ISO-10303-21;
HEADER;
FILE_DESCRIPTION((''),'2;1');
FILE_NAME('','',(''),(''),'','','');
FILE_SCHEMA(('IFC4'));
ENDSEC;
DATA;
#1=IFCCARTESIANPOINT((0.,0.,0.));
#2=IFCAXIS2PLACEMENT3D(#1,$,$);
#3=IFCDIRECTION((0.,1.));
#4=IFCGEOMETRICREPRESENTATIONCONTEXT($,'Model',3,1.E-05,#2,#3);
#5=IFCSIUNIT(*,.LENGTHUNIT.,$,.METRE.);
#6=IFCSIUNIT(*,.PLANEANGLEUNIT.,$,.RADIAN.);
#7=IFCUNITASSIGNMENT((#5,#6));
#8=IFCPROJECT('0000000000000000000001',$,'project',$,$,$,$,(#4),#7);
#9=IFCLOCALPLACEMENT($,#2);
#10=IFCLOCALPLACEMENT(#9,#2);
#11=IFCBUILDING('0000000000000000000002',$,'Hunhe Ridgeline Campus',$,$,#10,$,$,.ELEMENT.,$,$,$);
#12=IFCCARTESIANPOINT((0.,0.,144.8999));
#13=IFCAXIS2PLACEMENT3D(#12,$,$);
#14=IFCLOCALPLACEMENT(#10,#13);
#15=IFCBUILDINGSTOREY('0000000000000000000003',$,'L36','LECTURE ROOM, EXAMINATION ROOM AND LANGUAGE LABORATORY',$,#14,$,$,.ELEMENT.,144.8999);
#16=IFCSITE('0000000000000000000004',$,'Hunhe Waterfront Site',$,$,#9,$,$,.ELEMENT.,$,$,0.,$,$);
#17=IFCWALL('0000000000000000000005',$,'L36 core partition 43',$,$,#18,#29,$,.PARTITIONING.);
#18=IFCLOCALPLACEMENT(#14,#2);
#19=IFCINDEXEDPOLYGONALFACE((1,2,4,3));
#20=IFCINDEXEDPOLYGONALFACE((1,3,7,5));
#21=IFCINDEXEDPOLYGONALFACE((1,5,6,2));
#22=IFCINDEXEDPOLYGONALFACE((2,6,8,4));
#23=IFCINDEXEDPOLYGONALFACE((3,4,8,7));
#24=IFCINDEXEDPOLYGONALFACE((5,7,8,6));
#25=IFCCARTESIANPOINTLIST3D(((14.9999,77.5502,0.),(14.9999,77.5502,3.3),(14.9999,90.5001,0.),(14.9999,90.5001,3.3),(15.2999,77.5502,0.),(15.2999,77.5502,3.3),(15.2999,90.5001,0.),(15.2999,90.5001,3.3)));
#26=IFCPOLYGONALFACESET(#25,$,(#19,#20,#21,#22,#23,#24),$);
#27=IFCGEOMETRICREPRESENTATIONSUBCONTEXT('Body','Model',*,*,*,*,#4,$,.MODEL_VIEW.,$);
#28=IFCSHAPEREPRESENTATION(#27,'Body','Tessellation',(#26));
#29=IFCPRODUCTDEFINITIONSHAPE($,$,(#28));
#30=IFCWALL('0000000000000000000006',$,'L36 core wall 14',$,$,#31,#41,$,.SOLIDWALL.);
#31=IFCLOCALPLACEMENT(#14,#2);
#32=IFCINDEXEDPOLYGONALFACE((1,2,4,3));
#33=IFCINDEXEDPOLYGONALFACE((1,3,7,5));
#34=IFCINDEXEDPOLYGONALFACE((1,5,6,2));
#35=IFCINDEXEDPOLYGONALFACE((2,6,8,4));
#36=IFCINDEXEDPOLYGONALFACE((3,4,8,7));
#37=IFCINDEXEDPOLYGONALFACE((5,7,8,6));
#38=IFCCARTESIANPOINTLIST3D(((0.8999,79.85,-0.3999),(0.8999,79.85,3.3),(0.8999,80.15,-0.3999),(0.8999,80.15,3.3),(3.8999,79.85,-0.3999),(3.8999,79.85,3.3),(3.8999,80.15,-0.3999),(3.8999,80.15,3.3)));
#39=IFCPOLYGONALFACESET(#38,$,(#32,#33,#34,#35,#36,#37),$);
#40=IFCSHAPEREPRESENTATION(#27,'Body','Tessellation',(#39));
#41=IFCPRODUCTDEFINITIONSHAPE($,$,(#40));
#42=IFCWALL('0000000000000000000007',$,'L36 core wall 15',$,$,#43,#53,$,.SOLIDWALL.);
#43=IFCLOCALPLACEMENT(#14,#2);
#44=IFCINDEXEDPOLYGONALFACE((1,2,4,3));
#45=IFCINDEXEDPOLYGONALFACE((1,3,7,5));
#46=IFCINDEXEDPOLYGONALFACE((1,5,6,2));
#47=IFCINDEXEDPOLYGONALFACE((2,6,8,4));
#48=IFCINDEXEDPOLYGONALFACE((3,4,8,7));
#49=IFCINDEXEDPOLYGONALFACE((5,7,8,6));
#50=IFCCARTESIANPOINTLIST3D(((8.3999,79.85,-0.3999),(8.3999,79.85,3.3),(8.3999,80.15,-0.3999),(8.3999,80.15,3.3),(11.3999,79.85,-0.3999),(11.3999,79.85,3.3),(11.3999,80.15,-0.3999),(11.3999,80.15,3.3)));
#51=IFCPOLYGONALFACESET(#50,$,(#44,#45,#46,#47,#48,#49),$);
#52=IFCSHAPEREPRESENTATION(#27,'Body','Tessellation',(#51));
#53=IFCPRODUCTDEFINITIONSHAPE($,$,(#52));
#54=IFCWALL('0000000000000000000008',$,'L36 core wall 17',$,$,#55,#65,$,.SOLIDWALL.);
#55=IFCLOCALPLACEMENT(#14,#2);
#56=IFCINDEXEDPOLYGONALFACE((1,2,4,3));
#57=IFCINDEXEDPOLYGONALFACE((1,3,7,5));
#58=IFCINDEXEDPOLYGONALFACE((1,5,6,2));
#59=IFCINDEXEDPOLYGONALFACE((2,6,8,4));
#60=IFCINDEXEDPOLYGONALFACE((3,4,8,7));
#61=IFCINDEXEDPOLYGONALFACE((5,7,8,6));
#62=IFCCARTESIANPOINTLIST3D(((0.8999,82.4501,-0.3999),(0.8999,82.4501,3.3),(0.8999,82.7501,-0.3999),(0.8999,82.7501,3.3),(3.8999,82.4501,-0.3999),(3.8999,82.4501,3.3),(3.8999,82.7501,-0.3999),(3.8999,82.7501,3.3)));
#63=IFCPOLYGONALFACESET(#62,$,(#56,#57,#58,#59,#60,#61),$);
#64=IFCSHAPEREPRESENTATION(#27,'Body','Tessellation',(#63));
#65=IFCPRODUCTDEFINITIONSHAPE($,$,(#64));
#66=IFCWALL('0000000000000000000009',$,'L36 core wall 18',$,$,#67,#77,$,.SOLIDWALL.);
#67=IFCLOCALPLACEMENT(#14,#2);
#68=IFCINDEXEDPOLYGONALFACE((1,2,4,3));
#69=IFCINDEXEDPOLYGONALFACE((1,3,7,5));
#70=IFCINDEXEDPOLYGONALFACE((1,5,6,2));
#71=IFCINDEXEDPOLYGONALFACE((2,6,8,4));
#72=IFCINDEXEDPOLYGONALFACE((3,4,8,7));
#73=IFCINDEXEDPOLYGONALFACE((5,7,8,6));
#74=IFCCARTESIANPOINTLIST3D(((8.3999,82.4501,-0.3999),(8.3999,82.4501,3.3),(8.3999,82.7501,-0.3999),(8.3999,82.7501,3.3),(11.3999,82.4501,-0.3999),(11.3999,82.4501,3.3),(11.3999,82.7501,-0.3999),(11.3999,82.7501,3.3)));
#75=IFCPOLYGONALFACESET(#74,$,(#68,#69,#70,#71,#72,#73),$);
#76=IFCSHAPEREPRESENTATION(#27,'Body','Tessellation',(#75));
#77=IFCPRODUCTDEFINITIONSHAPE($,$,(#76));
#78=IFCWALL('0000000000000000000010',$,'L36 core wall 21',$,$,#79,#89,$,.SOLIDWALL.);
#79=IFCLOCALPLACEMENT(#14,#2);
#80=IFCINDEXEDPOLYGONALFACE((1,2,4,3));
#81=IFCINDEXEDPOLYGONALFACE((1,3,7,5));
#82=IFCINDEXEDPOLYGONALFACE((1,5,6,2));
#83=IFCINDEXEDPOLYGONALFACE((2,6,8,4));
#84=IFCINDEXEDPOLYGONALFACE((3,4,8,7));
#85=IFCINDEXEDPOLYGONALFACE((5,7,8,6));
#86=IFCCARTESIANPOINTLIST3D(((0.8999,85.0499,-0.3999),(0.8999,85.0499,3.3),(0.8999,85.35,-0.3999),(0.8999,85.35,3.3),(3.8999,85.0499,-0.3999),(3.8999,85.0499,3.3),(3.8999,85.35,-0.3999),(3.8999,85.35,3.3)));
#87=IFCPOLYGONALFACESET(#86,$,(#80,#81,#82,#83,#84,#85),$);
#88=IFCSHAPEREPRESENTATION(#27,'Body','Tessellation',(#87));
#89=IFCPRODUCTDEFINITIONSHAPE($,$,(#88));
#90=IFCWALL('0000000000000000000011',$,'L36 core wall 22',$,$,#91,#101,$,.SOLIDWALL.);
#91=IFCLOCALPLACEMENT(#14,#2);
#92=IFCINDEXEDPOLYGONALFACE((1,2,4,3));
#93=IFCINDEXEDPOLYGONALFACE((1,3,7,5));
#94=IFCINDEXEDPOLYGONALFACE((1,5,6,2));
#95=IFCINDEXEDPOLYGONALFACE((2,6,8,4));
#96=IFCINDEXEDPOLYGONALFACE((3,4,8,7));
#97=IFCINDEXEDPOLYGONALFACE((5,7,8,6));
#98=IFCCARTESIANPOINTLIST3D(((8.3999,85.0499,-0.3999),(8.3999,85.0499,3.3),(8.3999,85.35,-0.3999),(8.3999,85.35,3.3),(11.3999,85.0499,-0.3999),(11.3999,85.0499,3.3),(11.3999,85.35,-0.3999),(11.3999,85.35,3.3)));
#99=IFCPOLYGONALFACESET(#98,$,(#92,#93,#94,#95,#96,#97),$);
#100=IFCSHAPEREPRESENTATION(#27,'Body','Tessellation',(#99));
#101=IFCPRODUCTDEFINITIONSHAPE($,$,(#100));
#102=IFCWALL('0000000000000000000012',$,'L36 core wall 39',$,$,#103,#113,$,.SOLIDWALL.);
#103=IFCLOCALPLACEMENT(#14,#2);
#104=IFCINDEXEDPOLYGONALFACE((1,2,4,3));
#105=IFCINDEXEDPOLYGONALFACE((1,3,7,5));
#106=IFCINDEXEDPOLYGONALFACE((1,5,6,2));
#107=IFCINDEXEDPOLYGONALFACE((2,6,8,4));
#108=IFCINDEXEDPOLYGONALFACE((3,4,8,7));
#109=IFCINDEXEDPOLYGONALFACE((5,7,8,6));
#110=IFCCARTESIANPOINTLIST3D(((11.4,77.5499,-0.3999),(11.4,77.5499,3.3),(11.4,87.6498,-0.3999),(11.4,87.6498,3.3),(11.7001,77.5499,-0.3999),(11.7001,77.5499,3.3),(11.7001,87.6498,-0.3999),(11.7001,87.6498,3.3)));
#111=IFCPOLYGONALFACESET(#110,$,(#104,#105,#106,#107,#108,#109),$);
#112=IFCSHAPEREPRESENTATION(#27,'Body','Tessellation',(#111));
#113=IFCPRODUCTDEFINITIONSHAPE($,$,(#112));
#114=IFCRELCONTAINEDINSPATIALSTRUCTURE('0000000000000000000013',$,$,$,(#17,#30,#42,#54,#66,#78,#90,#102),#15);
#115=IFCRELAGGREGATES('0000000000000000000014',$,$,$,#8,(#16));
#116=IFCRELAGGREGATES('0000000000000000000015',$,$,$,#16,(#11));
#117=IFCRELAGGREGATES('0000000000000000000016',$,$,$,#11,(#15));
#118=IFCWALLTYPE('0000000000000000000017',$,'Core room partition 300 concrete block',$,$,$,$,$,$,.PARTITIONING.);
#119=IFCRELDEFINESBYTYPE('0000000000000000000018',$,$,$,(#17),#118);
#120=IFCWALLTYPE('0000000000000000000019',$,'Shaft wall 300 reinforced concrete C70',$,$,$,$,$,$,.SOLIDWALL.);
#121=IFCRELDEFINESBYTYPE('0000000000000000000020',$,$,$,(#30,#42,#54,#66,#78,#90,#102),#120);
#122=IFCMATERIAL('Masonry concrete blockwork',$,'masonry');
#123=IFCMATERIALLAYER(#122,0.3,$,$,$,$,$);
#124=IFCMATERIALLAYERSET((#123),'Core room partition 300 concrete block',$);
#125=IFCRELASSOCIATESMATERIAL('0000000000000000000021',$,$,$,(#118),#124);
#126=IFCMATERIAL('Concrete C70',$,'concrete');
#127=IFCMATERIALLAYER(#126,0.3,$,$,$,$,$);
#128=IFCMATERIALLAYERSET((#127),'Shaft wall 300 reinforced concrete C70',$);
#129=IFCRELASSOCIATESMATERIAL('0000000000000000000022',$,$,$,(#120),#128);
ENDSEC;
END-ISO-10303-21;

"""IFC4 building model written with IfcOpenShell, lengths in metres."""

from ifc_helpers import new_model, si_unit, direction, frame, frame_2d, origin, place, context, subcontext, project, spatial, rectangle, extrude, material, layer, layer_set, type_object, element, save


model = new_model("IFC4")

# Units and contexts
model_context = context("Model", 3, precision=1e-05, world=origin(), true_north=direction((0.0, 1.0)))
body_context = subcontext(model_context, "Body", "Model", "MODEL_VIEW")
ifc_project = project(units=[si_unit("LENGTHUNIT", "METRE"), si_unit("PLANEANGLEUNIT", "RADIAN")], contexts=[model_context])

# Site, building, storey
site_placement = place(None, origin())
site = spatial("IfcSite", under=ifc_project, at=site_placement, Name="Hunhe Waterfront Site", CompositionType="ELEMENT", RefElevation=0.0)
building_placement = place(site_placement, origin())
building = spatial("IfcBuilding", under=site, at=building_placement, Name="Hunhe Ridgeline Campus", CompositionType="ELEMENT")
storey_placement = place(building_placement, frame((0.0, 0.0, 144.8999)))
storey = spatial("IfcBuildingStorey", under=building, at=storey_placement, Name="L36", Description="LECTURE ROOM, EXAMINATION ROOM AND LANGUAGE LABORATORY", CompositionType="ELEMENT", Elevation=144.8999)

# Shared definitions
ifc_material_1 = material(Name="Masonry concrete blockwork", Category="masonry")
ifc_layer_1 = layer(ifc_material_1, 0.3)
ifc_layer_set_1 = layer_set([ifc_layer_1], Name="Core room partition 300 concrete block")
wall_type_1 = type_object("IfcWallType", Name="Core room partition 300 concrete block", PredefinedType="PARTITIONING", material=ifc_layer_set_1)

# Wall
wall_1_placement = place(storey_placement, frame((15.1499, 77.55, 0.0), z_axis=(0.0, 0.0, 1.0), x_axis=(0.0, 1.0, 0.0)))
element("IfcWall", 1, at=wall_1_placement, inside=storey, type_object=wall_type_1, Name="L36 core partition 43", PredefinedType="PARTITIONING", context=body_context, shape_type="SweptSolid", body=[
    extrude(rectangle(XDim=12.95, YDim=0.3, at=frame_2d((6.4751, 0.0))), origin(), (0.0, 0.0, 1.0), 3.3),
])

# Shared definitions
ifc_material_2 = material(Name="Concrete C70", Category="concrete")
ifc_layer_2 = layer(ifc_material_2, 0.3)
ifc_layer_set_2 = layer_set([ifc_layer_2], Name="Shaft wall 300 reinforced concrete C70")
wall_type_2 = type_object("IfcWallType", Name="Shaft wall 300 reinforced concrete C70", PredefinedType="SOLIDWALL", material=ifc_layer_set_2)

# Walls
for number, where, z_axis, x_axis, name in (
    (2, (0.8999, 80.0, -0.3999), (0.0, 0.0, 1.0), (1.0, 0.0, 0.0), "L36 core wall 14"),
    (3, (8.3999, 80.0, -0.3999), (0.0, 0.0, 1.0), (1.0, 0.0, 0.0), "L36 core wall 15"),
    (4, (0.8999, 82.6001, -0.3999), (0.0, 0.0, 1.0), (1.0, 0.0, 0.0), "L36 core wall 17"),
    (5, (8.3999, 82.6001, -0.3999), (0.0, 0.0, 1.0), (1.0, 0.0, 0.0), "L36 core wall 18"),
    (6, (0.8999, 85.2, -0.3999), (0.0, 0.0, 1.0), (1.0, 0.0, 0.0), "L36 core wall 21"),
    (7, (8.3999, 85.2, -0.3999), (0.0, 0.0, 1.0), (1.0, 0.0, 0.0), "L36 core wall 22"),
):
    element("IfcWall", number, at=place(storey_placement, frame(where, z_axis=z_axis, x_axis=x_axis)), inside=storey, type_object=wall_type_2, Name=name, PredefinedType="SOLIDWALL", context=body_context, shape_type="SweptSolid", body=[
        extrude(rectangle(XDim=3.0, YDim=0.3, at=frame_2d((1.5, 0.0))), origin(), (0.0, 0.0, 1.0), 3.7),
    ])

# Wall
wall_2_placement = place(storey_placement, frame((11.55, 77.55, -0.3999), z_axis=(0.0, 0.0, 1.0), x_axis=(0.0, 1.0, 0.0)))
element("IfcWall", 8, at=wall_2_placement, inside=storey, type_object=wall_type_2, Name="L36 core wall 39", PredefinedType="SOLIDWALL", context=body_context, shape_type="SweptSolid", body=[
    extrude(rectangle(XDim=10.0999, YDim=0.3, at=frame_2d((5.0498, 0.0))), origin(), (0.0, 0.0, 1.0), 3.7),
])

save(model, "model.ifc")
